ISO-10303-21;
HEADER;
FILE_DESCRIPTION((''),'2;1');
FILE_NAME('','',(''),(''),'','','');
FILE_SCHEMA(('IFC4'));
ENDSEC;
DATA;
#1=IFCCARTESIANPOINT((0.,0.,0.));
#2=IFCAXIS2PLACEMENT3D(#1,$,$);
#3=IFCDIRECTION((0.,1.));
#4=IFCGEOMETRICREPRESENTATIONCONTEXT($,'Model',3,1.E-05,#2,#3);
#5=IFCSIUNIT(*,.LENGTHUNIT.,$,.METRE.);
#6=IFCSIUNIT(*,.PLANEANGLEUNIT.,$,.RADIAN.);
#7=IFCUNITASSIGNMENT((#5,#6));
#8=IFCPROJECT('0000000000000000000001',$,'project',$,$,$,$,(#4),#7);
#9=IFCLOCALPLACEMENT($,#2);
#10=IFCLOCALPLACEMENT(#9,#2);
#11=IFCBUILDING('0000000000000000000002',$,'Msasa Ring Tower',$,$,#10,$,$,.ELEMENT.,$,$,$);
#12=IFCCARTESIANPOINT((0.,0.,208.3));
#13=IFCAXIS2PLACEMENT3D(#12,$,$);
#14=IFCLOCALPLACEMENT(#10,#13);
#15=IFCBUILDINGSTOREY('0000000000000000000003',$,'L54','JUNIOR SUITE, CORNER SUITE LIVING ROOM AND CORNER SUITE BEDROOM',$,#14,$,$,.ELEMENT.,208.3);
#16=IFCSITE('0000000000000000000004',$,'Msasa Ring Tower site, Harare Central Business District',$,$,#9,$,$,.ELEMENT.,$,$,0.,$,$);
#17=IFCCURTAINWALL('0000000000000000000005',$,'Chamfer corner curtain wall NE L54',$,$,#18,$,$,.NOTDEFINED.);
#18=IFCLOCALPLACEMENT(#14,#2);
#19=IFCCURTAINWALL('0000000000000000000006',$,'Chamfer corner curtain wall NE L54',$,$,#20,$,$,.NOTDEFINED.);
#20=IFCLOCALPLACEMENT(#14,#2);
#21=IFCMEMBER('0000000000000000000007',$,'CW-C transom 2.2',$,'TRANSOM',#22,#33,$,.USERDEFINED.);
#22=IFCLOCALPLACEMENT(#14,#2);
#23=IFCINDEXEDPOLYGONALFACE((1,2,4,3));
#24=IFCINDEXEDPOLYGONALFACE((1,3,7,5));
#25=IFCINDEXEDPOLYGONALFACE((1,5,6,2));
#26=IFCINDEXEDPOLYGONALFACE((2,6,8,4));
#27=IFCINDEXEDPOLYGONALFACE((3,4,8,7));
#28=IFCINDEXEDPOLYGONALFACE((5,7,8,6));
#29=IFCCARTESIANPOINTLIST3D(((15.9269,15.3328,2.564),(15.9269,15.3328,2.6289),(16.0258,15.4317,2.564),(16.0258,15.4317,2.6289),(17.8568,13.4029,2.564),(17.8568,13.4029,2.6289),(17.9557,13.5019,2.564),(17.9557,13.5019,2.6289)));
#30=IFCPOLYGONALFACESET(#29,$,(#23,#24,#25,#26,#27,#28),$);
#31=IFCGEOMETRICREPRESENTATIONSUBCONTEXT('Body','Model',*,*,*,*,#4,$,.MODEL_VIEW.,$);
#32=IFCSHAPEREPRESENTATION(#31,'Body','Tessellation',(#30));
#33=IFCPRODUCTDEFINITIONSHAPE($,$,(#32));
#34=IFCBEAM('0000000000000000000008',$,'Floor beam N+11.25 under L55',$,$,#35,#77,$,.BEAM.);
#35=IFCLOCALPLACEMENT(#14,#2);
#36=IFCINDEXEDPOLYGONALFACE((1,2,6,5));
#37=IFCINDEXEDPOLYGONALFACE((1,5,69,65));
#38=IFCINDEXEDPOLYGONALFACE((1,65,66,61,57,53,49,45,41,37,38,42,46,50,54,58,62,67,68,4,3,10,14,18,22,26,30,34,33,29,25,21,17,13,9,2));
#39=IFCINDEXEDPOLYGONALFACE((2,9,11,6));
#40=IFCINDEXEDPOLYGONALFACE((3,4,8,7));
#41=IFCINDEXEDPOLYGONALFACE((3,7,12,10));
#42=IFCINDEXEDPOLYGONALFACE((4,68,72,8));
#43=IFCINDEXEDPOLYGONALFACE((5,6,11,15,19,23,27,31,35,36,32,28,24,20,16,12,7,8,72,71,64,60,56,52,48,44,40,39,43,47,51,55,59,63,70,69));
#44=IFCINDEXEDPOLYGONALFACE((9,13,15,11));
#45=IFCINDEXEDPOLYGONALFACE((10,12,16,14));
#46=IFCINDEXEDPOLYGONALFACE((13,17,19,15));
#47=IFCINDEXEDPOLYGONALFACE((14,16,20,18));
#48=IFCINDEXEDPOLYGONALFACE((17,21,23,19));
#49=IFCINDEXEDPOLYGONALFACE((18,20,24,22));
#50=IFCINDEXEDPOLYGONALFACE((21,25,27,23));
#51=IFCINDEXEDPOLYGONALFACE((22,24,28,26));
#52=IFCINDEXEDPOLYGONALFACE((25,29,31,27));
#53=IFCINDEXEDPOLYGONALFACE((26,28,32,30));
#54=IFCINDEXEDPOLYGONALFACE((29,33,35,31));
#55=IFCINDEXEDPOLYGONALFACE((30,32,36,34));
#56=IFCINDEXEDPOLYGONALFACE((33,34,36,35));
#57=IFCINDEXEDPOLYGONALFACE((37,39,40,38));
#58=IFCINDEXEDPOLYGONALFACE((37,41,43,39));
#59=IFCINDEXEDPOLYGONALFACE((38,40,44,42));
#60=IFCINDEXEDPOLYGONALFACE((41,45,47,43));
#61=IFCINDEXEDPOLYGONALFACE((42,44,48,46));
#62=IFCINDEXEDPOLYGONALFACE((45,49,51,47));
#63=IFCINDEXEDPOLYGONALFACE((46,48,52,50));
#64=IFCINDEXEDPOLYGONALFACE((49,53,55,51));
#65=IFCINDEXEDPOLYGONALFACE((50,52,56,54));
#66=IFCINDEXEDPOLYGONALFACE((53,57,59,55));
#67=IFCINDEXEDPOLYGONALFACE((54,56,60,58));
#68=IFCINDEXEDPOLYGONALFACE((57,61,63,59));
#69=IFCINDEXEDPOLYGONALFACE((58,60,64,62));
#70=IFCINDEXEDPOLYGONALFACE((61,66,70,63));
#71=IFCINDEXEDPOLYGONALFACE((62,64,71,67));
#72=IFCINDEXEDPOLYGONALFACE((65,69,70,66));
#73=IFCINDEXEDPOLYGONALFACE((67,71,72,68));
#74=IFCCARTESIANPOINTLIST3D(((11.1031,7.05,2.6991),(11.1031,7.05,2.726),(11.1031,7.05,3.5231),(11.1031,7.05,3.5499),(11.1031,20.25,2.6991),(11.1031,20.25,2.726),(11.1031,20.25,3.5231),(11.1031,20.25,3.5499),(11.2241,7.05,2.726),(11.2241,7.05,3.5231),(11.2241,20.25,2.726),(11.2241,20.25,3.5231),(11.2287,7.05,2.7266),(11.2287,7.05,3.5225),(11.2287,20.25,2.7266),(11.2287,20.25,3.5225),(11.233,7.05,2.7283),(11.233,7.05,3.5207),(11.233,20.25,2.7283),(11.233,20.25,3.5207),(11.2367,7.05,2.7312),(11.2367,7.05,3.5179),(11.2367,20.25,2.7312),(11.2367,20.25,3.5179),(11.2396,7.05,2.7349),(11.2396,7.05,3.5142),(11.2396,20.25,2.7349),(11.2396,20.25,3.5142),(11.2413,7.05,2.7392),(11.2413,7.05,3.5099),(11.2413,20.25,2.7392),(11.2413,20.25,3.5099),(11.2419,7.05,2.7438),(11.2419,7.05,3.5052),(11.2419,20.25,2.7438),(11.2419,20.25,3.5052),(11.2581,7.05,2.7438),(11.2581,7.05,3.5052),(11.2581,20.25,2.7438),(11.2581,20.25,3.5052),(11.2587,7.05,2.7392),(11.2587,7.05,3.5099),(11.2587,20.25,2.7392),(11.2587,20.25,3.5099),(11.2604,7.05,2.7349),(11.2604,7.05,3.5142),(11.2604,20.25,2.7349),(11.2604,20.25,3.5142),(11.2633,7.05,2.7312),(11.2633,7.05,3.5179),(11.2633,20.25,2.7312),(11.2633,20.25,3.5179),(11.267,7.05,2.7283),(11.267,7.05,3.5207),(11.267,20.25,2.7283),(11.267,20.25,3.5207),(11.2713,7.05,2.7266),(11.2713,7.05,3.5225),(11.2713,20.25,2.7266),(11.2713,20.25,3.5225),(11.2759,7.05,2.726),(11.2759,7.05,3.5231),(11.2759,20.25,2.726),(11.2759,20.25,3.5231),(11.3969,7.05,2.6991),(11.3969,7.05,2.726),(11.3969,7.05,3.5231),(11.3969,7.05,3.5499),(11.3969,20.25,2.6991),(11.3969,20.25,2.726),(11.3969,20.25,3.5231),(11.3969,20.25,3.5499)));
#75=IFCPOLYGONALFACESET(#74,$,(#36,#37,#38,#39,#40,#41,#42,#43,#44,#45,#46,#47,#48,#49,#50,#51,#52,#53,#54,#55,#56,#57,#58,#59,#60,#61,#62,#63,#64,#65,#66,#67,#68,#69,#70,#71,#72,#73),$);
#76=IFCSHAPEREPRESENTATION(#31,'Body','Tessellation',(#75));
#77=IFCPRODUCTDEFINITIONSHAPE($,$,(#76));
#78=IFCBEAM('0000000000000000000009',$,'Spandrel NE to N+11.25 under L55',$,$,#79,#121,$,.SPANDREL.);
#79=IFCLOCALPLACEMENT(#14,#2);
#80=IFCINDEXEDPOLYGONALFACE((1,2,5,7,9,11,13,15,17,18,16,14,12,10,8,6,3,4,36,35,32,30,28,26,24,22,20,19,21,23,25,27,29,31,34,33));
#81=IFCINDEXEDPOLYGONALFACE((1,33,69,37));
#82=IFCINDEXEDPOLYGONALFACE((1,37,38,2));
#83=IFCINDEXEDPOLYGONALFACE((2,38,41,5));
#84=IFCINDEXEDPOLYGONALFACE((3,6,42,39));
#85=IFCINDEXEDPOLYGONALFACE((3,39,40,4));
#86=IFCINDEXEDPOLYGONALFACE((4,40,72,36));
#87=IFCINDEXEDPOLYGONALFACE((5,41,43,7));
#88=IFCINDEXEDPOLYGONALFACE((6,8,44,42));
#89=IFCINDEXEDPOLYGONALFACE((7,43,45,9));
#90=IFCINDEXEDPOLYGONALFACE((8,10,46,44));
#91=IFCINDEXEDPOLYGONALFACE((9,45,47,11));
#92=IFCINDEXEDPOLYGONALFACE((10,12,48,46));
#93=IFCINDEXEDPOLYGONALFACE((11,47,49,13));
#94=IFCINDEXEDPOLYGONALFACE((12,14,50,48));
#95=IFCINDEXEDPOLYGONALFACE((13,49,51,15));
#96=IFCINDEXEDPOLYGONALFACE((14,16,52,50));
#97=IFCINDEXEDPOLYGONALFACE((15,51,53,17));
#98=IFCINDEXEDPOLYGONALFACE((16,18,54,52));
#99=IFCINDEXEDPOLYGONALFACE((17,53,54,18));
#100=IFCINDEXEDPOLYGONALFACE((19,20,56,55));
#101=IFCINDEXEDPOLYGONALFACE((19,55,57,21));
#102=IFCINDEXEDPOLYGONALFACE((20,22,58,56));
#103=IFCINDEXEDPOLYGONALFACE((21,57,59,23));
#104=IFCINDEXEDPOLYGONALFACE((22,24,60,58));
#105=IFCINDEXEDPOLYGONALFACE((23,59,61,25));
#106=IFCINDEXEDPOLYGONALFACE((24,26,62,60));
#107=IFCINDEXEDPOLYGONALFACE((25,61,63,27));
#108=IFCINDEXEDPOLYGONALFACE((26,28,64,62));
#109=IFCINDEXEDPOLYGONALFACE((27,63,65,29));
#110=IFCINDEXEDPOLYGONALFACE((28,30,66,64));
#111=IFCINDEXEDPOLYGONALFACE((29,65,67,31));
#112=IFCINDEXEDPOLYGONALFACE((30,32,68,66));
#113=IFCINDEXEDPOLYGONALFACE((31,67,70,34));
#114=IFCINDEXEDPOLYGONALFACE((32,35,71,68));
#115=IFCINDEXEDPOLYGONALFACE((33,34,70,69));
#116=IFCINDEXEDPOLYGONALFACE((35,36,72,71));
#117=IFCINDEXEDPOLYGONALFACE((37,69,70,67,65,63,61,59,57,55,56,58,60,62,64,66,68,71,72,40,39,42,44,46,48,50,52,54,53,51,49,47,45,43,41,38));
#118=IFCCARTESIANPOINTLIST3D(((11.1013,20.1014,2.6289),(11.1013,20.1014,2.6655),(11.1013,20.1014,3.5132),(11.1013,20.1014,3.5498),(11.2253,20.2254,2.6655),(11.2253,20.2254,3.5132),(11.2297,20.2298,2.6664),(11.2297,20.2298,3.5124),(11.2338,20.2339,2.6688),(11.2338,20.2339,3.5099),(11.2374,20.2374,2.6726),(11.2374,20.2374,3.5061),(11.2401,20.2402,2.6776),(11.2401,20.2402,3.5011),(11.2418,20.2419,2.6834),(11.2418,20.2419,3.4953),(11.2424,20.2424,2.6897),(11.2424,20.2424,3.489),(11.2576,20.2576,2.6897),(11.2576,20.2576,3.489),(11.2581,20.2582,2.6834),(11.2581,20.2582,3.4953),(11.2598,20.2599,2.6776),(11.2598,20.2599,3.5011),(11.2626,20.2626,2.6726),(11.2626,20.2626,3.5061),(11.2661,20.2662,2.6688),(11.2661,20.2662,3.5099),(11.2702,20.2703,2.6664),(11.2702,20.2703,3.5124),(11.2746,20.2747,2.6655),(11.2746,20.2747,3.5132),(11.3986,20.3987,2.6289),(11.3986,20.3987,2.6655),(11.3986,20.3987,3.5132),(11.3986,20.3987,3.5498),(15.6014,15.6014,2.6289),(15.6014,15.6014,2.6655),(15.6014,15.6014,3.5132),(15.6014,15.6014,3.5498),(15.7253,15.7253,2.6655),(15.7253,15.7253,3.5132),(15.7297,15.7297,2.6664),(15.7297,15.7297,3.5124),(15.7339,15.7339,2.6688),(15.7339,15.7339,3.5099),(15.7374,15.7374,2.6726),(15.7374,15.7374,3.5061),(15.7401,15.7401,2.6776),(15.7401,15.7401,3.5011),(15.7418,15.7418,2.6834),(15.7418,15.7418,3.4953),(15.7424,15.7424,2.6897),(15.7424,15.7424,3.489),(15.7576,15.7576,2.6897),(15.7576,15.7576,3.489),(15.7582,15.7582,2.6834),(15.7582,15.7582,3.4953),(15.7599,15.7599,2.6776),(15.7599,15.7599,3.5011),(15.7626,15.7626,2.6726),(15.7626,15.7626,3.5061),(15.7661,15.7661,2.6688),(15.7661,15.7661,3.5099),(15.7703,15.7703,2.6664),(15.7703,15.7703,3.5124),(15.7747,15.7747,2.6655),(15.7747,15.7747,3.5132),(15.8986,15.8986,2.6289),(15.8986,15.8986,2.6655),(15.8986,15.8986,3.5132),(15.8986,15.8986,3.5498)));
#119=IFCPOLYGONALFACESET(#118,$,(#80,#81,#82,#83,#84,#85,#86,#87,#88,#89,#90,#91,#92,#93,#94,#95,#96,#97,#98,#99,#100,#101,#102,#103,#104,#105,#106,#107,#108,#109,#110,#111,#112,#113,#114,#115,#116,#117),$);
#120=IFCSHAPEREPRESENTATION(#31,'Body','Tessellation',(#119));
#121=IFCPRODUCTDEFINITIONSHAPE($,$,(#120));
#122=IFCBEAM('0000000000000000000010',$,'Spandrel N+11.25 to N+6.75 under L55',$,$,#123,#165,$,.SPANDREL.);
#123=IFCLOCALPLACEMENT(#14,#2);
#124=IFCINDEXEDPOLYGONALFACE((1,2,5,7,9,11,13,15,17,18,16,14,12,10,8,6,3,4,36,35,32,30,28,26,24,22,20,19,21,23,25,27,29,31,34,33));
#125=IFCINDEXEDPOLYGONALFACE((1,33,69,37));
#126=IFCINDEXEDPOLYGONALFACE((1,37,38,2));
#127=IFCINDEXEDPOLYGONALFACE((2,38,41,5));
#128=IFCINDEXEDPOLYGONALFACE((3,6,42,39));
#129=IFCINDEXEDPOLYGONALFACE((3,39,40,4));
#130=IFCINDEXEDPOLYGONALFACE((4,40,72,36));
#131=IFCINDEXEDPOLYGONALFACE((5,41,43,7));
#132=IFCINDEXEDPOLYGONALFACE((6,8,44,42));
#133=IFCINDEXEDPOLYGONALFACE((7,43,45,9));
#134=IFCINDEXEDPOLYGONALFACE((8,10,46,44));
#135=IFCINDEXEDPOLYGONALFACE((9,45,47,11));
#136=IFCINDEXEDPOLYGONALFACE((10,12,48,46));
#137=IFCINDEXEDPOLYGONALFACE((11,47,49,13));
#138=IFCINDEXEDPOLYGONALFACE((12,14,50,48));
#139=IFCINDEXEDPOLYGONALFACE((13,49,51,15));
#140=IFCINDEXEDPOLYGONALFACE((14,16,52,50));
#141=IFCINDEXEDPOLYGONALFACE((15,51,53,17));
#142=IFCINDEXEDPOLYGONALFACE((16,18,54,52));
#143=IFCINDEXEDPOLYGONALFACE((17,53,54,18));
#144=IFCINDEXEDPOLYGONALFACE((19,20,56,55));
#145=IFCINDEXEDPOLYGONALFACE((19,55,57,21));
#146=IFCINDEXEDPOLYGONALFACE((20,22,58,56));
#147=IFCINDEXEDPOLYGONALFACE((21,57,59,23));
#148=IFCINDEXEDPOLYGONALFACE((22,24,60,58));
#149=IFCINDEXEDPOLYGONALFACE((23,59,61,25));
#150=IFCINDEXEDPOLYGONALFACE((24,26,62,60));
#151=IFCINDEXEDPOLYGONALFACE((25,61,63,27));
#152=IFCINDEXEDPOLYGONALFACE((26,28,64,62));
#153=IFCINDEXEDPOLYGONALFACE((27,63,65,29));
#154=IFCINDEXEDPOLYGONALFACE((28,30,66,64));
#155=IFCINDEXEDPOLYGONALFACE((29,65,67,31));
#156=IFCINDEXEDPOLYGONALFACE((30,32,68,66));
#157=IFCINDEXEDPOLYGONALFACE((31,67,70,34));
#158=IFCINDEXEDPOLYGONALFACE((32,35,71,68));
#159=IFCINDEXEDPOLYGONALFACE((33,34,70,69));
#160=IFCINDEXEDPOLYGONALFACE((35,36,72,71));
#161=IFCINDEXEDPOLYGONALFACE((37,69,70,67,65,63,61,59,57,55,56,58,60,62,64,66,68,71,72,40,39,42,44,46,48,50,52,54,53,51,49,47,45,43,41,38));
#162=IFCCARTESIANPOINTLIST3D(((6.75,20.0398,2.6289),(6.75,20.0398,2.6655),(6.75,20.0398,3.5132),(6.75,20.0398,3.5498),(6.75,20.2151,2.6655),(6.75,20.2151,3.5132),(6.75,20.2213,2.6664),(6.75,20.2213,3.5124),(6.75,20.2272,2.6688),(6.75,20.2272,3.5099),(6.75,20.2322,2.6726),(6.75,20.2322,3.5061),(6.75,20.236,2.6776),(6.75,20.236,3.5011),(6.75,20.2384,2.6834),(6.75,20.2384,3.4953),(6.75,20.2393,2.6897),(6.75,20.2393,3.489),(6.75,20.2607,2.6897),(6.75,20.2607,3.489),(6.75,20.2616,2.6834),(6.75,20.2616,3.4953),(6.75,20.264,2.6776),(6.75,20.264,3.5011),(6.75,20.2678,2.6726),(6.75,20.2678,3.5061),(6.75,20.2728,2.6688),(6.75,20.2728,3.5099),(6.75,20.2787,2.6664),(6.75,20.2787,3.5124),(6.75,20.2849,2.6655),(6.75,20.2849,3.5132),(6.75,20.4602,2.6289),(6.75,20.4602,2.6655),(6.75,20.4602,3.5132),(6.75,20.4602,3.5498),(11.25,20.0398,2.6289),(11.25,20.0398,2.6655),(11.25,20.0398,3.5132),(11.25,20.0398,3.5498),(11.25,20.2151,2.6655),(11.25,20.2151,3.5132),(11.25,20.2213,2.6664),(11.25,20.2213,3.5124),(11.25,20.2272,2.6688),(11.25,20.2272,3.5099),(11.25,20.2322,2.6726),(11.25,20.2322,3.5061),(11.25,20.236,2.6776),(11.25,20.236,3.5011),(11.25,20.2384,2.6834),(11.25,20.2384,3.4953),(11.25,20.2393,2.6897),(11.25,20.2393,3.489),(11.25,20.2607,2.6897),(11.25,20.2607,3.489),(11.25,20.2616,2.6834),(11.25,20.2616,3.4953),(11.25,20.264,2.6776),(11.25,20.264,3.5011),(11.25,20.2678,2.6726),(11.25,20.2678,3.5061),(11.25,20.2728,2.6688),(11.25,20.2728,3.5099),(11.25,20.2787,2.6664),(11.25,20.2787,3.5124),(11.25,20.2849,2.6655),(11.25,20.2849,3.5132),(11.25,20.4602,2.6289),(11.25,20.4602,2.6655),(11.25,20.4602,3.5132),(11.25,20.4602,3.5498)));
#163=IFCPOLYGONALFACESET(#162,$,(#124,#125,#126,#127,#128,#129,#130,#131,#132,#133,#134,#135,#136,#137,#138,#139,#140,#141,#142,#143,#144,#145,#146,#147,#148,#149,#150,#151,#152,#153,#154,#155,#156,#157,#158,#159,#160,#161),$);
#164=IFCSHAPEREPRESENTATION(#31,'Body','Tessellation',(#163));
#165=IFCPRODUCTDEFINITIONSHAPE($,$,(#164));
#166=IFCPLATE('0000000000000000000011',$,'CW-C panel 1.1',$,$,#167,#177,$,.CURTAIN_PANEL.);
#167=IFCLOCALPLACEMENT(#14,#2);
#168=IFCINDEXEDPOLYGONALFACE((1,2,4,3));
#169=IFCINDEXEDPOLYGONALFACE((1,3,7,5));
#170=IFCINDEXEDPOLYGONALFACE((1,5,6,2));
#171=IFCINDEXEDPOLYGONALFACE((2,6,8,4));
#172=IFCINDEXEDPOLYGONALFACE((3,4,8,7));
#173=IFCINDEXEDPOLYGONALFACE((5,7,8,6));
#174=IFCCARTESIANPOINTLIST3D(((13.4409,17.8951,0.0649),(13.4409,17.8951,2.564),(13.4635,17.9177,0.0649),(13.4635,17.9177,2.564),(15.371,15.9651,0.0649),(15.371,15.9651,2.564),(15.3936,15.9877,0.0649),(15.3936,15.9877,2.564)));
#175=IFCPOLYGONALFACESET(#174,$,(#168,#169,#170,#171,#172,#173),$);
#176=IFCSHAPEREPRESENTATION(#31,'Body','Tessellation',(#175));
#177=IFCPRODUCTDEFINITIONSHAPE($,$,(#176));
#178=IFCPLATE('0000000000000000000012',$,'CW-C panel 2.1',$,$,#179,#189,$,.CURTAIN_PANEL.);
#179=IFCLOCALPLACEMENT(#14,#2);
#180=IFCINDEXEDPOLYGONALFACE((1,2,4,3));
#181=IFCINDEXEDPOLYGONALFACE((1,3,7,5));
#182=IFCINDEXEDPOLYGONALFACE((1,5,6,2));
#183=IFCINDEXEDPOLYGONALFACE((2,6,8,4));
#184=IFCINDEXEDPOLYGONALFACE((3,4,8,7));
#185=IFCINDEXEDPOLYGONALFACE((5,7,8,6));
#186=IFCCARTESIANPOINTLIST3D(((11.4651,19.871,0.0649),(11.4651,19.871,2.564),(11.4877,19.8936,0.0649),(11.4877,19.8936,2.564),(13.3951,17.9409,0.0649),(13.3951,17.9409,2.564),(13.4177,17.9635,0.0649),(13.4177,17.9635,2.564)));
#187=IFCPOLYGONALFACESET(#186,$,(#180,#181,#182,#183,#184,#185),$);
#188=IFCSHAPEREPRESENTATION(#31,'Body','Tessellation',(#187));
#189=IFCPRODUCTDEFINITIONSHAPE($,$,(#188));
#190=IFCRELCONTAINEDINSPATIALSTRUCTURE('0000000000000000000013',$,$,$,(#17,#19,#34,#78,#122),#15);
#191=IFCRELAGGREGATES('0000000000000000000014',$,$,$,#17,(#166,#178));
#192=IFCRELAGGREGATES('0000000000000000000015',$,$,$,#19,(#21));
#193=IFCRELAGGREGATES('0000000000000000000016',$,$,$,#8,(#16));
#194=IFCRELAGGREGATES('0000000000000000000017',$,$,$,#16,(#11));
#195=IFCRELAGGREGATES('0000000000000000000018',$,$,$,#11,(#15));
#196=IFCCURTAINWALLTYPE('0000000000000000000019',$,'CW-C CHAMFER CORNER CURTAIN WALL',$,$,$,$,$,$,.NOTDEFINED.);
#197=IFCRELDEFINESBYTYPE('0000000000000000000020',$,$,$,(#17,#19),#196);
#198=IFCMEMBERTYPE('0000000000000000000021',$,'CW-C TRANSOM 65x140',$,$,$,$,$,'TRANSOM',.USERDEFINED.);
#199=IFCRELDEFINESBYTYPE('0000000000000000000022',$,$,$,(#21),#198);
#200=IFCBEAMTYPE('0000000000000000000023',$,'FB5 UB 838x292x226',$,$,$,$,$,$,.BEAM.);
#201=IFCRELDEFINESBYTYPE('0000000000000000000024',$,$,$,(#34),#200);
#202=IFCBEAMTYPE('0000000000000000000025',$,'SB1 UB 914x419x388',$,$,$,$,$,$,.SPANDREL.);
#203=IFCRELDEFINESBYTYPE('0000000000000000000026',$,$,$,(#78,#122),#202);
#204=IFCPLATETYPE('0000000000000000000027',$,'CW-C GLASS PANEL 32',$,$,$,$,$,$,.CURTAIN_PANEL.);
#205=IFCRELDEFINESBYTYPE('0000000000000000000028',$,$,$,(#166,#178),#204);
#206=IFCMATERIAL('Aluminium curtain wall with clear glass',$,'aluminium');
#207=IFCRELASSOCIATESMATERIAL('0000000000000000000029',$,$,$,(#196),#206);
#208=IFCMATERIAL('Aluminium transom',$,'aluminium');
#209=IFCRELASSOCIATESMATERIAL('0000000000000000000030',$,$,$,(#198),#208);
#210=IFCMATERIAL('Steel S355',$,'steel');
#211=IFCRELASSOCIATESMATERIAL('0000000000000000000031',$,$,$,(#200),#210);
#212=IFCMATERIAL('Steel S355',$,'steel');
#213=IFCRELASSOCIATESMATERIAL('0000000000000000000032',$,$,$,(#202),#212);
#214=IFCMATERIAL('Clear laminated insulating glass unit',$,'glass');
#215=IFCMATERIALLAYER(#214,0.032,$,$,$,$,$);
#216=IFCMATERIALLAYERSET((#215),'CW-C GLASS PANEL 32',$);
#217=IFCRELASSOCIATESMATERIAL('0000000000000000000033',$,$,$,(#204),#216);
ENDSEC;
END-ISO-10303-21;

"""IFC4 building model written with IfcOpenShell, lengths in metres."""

from ifc_helpers import new_model, si_unit, direction, frame, origin, origin_2d, place, context, subcontext, project, spatial, rectangle, i_section, extrude, material, layer, layer_set, material_profile, profile_set, type_object, element, aggregate, save


model = new_model("IFC4")

# Units and contexts
model_context = context("Model", 3, precision=1e-05, world=origin(), true_north=direction((0.0, 1.0)))
body_context = subcontext(model_context, "Body", "Model", "MODEL_VIEW")
ifc_project = project(units=[si_unit("LENGTHUNIT", "METRE"), si_unit("PLANEANGLEUNIT", "RADIAN")], contexts=[model_context])

# Site, building, storey
site_placement = place(None, origin())
site = spatial("IfcSite", under=ifc_project, at=site_placement, Name="Msasa Ring Tower site, Harare Central Business District", CompositionType="ELEMENT", RefElevation=0.0)
building_placement = place(site_placement, origin())
building = spatial("IfcBuilding", under=site, at=building_placement, Name="Msasa Ring Tower", CompositionType="ELEMENT")
storey_placement = place(building_placement, frame((0.0, 0.0, 208.3)))
storey = spatial("IfcBuildingStorey", under=building, at=storey_placement, Name="L54", Description="JUNIOR SUITE, CORNER SUITE LIVING ROOM AND CORNER SUITE BEDROOM", CompositionType="ELEMENT", Elevation=208.3)

# Curtain walls
ifc_material_1 = material(Name="Aluminium curtain wall with clear glass", Category="aluminium")
curtain_wall_type = type_object("IfcCurtainWallType", Name="CW-C CHAMFER CORNER CURTAIN WALL", PredefinedType="NOTDEFINED", material=ifc_material_1)
curtain_wall_1_placement = place(storey_placement, origin())
curtain_wall_1 = element("IfcCurtainWall", 1, at=curtain_wall_1_placement, inside=storey, type_object=curtain_wall_type, Name="Chamfer corner curtain wall NE L54", PredefinedType="NOTDEFINED")
curtain_wall_2_placement = place(storey_placement, origin())
curtain_wall_2 = element("IfcCurtainWall", 2, at=curtain_wall_2_placement, inside=storey, type_object=curtain_wall_type, Name="Chamfer corner curtain wall NE L54", PredefinedType="NOTDEFINED")

# Member
ifc_material_2 = material(Name="Aluminium transom", Category="aluminium")
ifc_material_profile_1 = material_profile(ifc_material_2, rectangle(XDim=0.1399, YDim=0.0649, at=origin_2d()), Name="AL 65x140")
ifc_profile_set_1 = profile_set([ifc_material_profile_1], Name="Aluminium transom")
member_type_1 = type_object("IfcMemberType", Name="CW-C TRANSOM 65x140", ElementType="TRANSOM", PredefinedType="USERDEFINED", material=ifc_profile_set_1)
member_1_placement = place(storey_placement, frame((17.9062, 13.4524, 2.5964), z_axis=(-0.707107, 0.707107, 0.0), x_axis=(-0.707107, -0.707107, 0.0)))
member_1 = element("IfcMember", 3, at=member_1_placement, type_object=member_type_1, Name="CW-C transom 2.2", ObjectType="TRANSOM", PredefinedType="USERDEFINED", context=body_context, shape_type="SweptSolid", body=[
    extrude(rectangle(XDim=0.1399, YDim=0.0649, at=origin_2d()), origin(), (0.0, 0.0, 1.0), 2.7292),
])

# Beams
ifc_material_3 = material(Name="Steel S355", Category="steel")
ifc_material_profile_2 = material_profile(ifc_material_3, i_section(OverallWidth=0.2937, OverallDepth=0.8508, WebThickness=0.0161, FlangeThickness=0.0269, FilletRadius=0.0178, at=origin_2d()), Name="UB 838x292x226")
ifc_profile_set_2 = profile_set([ifc_material_profile_2], Name="Steel S355")
beam_type_1 = type_object("IfcBeamType", Name="FB5 UB 838x292x226", PredefinedType="BEAM", material=ifc_profile_set_2)
beam_1_placement = place(storey_placement, frame((11.25, 20.25, 3.1245), z_axis=(0.0, -1.0, 0.0), x_axis=(1.0, 0.0, 0.0)))
element("IfcBeam", 4, at=beam_1_placement, inside=storey, type_object=beam_type_1, Name="Floor beam N+11.25 under L55", PredefinedType="BEAM", context=body_context, shape_type="SweptSolid", body=[
    extrude(i_section(OverallWidth=0.2937, OverallDepth=0.8508, WebThickness=0.0161, FlangeThickness=0.0269, FilletRadius=0.0178, at=origin_2d()), origin(), (0.0, 0.0, 1.0), 13.2),
])
ifc_material_4 = material(Name="Steel S355", Category="steel")
ifc_material_profile_3 = material_profile(ifc_material_4, i_section(OverallWidth=0.4204, OverallDepth=0.9209, WebThickness=0.0215, FlangeThickness=0.0366, FilletRadius=0.0242, at=origin_2d()), Name="UB 914x419x388")
ifc_profile_set_3 = profile_set([ifc_material_profile_3], Name="Steel S355")
beam_type_2 = type_object("IfcBeamType", Name="SB1 UB 914x419x388", PredefinedType="SPANDREL", material=ifc_profile_set_3)
beam_2_placement = place(storey_placement, frame((15.75, 15.75, 3.0894), z_axis=(-0.707107, 0.707107, 0.0), x_axis=(-0.707107, -0.707107, 0.0)))
element("IfcBeam", 5, at=beam_2_placement, inside=storey, type_object=beam_type_2, Name="Spandrel NE to N+11.25 under L55", PredefinedType="SPANDREL", context=body_context, shape_type="SweptSolid", body=[
    extrude(i_section(OverallWidth=0.4204, OverallDepth=0.9209, WebThickness=0.0215, FlangeThickness=0.0366, FilletRadius=0.0242, at=origin_2d()), origin(), (0.0, 0.0, 1.0), 6.364),
])
beam_3_placement = place(storey_placement, frame((11.25, 20.25, 3.0894), z_axis=(-1.0, 0.0, 0.0), x_axis=(0.0, -1.0, 0.0)))
element("IfcBeam", 6, at=beam_3_placement, inside=storey, type_object=beam_type_2, Name="Spandrel N+11.25 to N+6.75 under L55", PredefinedType="SPANDREL", context=body_context, shape_type="SweptSolid", body=[
    extrude(i_section(OverallWidth=0.4204, OverallDepth=0.9209, WebThickness=0.0215, FlangeThickness=0.0366, FilletRadius=0.0242, at=origin_2d()), origin(), (0.0, 0.0, 1.0), 4.5),
])

# Plates
ifc_material_5 = material(Name="Clear laminated insulating glass unit", Category="glass")
ifc_layer_1 = layer(ifc_material_5, 0.032)
ifc_layer_set_1 = layer_set([ifc_layer_1], Name="CW-C GLASS PANEL 32")
plate_type = type_object("IfcPlateType", Name="CW-C GLASS PANEL 32", PredefinedType="CURTAIN_PANEL", material=ifc_layer_set_1)
plate_1_placement = place(storey_placement, frame((14.4172, 16.9414, 0.0649), z_axis=(0.0, 0.0, 1.0), x_axis=(-0.707107, 0.707107, 0.0)))
plate_1 = element("IfcPlate", 7, at=plate_1_placement, type_object=plate_type, Name="CW-C panel 1.1", PredefinedType="CURTAIN_PANEL", context=body_context, shape_type="SweptSolid", body=[
    extrude(rectangle(XDim=2.7295, YDim=0.032, at=origin_2d()), origin(), (0.0, 0.0, 1.0), 2.499),
])
plate_2_placement = place(storey_placement, frame((12.4414, 18.9172, 0.0649), z_axis=(0.0, 0.0, 1.0), x_axis=(-0.707107, 0.707107, 0.0)))
plate_2 = element("IfcPlate", 8, at=plate_2_placement, type_object=plate_type, Name="CW-C panel 2.1", PredefinedType="CURTAIN_PANEL", context=body_context, shape_type="SweptSolid", body=[
    extrude(rectangle(XDim=2.7295, YDim=0.032, at=origin_2d()), origin(), (0.0, 0.0, 1.0), 2.499),
])
aggregate(curtain_wall_1, [plate_1, plate_2])
aggregate(curtain_wall_2, [member_1])

save(model, "model.ifc")
